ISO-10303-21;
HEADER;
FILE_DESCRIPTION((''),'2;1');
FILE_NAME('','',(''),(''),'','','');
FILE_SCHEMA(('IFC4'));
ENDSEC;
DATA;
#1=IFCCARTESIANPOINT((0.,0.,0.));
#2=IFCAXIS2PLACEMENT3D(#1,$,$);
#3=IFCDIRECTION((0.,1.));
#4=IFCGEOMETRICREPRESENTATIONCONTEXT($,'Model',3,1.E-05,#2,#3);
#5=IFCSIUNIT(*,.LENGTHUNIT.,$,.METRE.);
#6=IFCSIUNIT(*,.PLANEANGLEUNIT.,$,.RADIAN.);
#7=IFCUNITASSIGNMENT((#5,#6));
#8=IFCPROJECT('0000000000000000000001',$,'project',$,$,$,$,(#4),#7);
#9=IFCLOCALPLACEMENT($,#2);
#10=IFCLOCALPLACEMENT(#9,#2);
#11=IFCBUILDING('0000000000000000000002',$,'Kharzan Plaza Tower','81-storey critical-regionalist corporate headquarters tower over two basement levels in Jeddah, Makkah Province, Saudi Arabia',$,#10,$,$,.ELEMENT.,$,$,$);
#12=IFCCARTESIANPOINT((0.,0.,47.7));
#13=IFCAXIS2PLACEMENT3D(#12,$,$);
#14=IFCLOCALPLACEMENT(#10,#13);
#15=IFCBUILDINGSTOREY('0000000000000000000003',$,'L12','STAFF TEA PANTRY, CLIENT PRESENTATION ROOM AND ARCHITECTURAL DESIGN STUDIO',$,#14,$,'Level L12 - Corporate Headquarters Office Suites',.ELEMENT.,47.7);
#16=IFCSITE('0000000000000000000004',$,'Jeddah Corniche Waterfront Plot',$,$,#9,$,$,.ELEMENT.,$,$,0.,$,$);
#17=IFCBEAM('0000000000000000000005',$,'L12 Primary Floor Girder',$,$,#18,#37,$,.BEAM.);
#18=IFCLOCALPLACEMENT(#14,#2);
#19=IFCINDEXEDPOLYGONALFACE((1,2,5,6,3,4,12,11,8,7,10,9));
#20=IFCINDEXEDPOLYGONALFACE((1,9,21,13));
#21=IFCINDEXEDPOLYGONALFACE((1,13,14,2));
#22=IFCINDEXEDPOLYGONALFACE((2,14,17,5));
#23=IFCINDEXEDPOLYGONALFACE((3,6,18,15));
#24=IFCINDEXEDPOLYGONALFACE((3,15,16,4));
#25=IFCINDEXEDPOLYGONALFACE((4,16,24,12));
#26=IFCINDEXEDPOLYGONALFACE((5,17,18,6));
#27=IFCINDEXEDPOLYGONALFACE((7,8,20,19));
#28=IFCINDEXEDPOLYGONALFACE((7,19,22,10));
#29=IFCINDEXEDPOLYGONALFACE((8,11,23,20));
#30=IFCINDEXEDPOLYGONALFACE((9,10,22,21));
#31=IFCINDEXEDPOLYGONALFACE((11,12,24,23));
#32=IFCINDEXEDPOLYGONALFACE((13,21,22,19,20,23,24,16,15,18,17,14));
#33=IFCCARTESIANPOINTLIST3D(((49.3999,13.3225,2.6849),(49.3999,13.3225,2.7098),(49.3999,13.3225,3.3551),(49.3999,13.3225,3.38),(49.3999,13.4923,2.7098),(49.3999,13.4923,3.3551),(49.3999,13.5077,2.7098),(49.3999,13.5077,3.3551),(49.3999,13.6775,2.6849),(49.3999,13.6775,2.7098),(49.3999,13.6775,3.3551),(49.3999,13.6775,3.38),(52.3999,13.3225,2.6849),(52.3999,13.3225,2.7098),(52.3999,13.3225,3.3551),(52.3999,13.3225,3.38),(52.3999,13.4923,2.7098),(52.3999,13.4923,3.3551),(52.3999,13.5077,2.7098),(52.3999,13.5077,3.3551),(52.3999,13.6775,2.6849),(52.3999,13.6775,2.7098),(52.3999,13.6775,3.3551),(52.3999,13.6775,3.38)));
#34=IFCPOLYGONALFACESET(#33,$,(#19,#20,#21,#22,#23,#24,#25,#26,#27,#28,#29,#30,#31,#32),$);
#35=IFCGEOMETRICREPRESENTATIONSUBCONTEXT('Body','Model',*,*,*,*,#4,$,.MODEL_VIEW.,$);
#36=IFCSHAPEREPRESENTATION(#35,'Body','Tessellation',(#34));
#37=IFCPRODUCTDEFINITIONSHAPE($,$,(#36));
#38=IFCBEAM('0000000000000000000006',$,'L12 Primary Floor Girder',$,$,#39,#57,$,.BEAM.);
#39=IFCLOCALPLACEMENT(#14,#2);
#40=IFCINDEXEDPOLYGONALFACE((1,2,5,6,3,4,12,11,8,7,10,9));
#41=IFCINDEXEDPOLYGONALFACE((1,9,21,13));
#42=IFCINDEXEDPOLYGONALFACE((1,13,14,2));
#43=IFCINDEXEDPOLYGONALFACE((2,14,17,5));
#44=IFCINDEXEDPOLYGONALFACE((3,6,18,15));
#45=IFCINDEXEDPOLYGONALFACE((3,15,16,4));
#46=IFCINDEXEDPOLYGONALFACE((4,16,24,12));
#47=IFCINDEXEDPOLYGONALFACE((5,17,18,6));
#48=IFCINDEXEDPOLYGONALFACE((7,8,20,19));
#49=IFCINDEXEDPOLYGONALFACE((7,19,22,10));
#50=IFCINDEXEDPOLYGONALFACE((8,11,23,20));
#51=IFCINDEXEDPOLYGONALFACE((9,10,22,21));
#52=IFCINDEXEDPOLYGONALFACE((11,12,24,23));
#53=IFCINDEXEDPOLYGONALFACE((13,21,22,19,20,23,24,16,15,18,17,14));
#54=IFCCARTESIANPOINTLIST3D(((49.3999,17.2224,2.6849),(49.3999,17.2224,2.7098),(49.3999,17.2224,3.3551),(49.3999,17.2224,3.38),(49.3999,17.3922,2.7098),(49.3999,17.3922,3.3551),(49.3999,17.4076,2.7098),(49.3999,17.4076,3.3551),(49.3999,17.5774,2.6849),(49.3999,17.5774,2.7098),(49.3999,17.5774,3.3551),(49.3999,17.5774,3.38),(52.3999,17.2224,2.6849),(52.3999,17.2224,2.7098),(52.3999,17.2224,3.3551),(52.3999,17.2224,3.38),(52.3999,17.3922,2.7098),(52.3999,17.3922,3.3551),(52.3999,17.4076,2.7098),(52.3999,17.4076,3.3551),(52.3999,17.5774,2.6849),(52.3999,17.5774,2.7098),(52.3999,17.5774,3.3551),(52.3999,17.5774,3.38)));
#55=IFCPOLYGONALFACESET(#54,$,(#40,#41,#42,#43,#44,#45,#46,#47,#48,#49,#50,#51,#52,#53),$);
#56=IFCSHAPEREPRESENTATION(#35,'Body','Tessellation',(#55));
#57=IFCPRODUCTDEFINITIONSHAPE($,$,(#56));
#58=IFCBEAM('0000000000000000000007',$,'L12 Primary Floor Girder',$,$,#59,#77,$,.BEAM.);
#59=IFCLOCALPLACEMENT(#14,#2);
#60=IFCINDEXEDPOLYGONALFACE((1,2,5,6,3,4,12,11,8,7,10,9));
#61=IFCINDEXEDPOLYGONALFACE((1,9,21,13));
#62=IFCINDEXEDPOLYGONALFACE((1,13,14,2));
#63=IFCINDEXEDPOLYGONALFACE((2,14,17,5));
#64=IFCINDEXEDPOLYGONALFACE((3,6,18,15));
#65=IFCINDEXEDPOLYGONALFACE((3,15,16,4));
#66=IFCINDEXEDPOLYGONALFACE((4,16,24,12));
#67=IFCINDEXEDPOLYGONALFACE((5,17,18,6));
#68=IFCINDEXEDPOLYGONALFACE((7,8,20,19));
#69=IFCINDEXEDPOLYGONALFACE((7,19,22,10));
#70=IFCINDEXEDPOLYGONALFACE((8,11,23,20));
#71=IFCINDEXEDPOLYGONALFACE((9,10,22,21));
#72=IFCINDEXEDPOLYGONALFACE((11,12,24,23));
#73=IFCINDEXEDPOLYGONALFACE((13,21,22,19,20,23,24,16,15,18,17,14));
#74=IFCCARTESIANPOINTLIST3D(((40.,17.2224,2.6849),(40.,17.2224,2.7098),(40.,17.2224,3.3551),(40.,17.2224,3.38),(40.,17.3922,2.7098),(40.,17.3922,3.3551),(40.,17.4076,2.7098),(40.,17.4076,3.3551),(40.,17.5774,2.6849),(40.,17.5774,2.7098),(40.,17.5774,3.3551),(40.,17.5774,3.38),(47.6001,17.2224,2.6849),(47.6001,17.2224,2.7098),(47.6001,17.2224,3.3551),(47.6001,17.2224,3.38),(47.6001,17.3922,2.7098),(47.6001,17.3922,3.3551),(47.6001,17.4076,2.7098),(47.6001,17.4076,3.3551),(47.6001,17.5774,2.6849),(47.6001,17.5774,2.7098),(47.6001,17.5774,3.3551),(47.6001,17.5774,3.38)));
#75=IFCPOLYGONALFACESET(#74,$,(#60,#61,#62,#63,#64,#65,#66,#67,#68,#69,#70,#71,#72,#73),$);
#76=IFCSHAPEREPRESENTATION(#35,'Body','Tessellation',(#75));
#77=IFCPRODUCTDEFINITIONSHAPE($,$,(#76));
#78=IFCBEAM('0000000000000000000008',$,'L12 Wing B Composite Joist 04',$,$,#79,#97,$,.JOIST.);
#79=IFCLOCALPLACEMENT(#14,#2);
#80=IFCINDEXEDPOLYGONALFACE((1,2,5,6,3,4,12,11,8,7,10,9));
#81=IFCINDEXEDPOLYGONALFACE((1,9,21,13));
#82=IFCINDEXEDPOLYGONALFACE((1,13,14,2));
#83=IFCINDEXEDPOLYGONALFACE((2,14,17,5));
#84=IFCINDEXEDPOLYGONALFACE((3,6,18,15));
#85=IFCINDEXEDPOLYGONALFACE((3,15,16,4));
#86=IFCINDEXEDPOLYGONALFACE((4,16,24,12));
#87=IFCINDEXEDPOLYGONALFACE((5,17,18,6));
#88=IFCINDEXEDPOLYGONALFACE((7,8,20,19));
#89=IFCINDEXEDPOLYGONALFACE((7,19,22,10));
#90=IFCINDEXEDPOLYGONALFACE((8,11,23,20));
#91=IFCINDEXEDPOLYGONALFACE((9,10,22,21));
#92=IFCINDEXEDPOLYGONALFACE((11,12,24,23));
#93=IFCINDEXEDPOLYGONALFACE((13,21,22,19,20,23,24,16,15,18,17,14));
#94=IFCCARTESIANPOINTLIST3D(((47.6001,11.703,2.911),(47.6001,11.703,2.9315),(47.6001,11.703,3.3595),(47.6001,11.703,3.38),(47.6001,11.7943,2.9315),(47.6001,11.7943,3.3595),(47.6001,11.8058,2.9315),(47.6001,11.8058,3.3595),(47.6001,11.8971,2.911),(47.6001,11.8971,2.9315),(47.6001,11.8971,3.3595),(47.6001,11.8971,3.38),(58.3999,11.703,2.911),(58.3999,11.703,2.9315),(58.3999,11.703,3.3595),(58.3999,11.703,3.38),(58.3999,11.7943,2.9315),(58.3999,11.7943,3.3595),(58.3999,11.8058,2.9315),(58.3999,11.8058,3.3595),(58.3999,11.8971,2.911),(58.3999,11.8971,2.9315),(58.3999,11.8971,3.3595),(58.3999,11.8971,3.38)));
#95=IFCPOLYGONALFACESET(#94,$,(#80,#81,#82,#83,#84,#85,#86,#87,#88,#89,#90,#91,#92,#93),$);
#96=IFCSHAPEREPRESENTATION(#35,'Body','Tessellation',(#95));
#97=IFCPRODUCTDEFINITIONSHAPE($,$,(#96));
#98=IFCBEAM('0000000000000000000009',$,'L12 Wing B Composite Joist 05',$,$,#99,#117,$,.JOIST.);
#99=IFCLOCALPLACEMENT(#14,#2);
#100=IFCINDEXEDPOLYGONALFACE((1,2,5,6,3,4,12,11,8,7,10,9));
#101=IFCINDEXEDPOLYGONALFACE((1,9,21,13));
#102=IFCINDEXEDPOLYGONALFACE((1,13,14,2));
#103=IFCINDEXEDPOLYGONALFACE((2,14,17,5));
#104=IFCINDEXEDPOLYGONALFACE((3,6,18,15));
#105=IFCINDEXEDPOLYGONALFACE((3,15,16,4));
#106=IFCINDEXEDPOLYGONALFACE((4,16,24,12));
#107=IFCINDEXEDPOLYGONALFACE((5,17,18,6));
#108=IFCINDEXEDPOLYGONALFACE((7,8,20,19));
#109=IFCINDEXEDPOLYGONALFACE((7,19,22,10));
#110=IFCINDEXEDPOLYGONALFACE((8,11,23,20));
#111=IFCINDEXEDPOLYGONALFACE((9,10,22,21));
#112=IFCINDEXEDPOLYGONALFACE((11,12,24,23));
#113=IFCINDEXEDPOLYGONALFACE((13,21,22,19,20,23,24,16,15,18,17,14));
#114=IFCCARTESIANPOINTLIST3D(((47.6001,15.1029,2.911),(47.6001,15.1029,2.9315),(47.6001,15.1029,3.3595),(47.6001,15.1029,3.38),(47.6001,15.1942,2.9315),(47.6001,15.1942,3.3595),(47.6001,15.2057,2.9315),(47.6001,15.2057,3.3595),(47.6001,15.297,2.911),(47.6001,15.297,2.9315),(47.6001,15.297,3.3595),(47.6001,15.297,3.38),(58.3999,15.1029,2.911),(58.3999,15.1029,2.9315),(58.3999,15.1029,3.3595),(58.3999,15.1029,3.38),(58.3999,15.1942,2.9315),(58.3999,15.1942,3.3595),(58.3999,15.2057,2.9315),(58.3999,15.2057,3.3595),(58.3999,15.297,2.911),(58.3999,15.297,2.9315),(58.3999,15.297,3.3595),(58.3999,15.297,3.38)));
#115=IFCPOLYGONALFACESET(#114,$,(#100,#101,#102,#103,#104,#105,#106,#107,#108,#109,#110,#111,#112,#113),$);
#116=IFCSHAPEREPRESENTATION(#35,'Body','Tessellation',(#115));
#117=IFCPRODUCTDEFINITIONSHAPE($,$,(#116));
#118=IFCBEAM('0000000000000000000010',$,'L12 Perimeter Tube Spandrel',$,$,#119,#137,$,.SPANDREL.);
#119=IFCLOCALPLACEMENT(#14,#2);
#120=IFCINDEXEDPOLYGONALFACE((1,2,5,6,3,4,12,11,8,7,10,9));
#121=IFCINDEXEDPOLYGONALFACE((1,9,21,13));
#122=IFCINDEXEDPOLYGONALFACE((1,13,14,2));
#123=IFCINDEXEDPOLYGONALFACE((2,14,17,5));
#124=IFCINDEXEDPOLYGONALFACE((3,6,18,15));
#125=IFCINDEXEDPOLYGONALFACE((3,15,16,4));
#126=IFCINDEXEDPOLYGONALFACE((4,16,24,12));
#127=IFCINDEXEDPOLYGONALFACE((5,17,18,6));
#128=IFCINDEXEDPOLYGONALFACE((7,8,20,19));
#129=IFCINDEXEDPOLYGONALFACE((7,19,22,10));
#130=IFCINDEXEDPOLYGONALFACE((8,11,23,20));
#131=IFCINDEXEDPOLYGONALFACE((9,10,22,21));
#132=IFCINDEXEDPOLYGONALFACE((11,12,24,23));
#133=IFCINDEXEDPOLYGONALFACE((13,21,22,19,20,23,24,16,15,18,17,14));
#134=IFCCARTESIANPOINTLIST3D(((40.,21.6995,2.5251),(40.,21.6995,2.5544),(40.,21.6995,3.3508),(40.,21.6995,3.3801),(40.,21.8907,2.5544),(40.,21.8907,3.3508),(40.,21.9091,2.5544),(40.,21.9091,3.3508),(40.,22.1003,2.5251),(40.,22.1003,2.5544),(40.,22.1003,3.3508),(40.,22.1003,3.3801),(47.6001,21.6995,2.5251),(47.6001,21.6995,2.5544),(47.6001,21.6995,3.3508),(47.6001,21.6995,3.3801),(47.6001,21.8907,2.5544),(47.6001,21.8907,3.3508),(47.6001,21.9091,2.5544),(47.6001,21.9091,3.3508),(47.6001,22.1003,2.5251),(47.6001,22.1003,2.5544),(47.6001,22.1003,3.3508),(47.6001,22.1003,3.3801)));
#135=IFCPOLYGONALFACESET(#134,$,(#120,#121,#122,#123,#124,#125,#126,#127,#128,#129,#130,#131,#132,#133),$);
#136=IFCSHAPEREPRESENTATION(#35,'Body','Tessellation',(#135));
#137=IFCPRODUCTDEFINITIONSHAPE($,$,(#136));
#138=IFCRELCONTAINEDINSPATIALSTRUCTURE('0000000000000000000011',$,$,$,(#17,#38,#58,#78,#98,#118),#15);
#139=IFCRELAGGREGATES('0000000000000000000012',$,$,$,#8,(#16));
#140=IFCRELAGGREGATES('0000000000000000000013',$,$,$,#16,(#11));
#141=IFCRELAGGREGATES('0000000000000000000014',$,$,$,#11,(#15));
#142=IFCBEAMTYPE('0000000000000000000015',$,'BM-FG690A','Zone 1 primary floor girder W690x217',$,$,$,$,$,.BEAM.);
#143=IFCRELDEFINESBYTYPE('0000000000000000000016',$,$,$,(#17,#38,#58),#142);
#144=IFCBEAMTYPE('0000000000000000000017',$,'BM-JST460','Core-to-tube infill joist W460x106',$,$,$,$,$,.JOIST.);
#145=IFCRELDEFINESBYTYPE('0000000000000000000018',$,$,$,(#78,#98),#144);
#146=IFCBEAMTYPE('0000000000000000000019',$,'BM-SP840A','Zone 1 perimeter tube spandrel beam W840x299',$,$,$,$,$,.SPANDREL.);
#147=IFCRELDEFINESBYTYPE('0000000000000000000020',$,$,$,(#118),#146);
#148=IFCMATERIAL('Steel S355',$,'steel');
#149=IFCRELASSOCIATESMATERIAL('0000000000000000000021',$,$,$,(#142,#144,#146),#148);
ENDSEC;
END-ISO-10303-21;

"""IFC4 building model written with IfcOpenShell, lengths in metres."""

from ifc_helpers import new_model, si_unit, direction, frame, origin, origin_2d, place, context, subcontext, project, spatial, i_section, extrude, source, transform, mapped, material, material_profile, profile_set, type_object, element, save


model = new_model("IFC4")

# Units and contexts
model_context = context("Model", 3, precision=1e-05, world=origin(), true_north=direction((0.0, 1.0)))
body_context = subcontext(model_context, "Body", "Model", "MODEL_VIEW")
ifc_project = project(units=[si_unit("LENGTHUNIT", "METRE"), si_unit("PLANEANGLEUNIT", "RADIAN")], contexts=[model_context])

# Site, building, storey
site_placement = place(None, origin())
site = spatial("IfcSite", under=ifc_project, at=site_placement, Name="Jeddah Corniche Waterfront Plot", CompositionType="ELEMENT", RefElevation=0.0)
building_placement = place(site_placement, origin())
building = spatial("IfcBuilding", under=site, at=building_placement, Name="Kharzan Plaza Tower", Description="81-storey critical-regionalist corporate headquarters tower over two basement levels in Jeddah, Makkah Province, Saudi Arabia", CompositionType="ELEMENT")
storey_placement = place(building_placement, frame((0.0, 0.0, 47.7)))
storey = spatial("IfcBuildingStorey", under=building, at=storey_placement, Name="L12", Description="STAFF TEA PANTRY, CLIENT PRESENTATION ROOM AND ARCHITECTURAL DESIGN STUDIO", LongName="Level L12 - Corporate Headquarters Office Suites", CompositionType="ELEMENT", Elevation=47.7)

# Beams
ifc_material_1 = material(Name="Steel S355", Category="steel")
ifc_material_profile_1 = material_profile(ifc_material_1, i_section(OverallWidth=0.355, OverallDepth=0.6951, WebThickness=0.0154, FlangeThickness=0.0249, at=origin_2d()), Name="W690x217")
ifc_profile_set_1 = profile_set([ifc_material_profile_1], Name="Steel S355")
beam_type_1 = type_object("IfcBeamType", Name="BM-FG690A", Description="Zone 1 primary floor girder W690x217", PredefinedType="BEAM", material=ifc_profile_set_1)
shared_shape_1 = source(origin(), body_context, "Body", "SweptSolid", [
    extrude(i_section(OverallWidth=0.355, OverallDepth=0.6951, WebThickness=0.0154, FlangeThickness=0.0249, at=origin_2d()), origin(), (0.0, 0.0, 1.0), 3.0),
])
for number, where, z_axis, x_axis, name in (
    (1, (49.3999, 13.5, 3.0325), (1.0, 0.0, 0.0), (0.0, 1.0, 0.0), "L12 Primary Floor Girder"),
    (2, (49.3999, 17.3999, 3.0325), (1.0, 0.0, 0.0), (0.0, 1.0, 0.0), "L12 Primary Floor Girder"),
):
    element("IfcBeam", number, at=place(storey_placement, frame(where, z_axis=z_axis, x_axis=x_axis)), inside=storey, type_object=beam_type_1, Name=name, PredefinedType="BEAM", context=body_context, shape_type="MappedRepresentation", body=[
        mapped(shared_shape_1, transform((0.0, 0.0, 0.0), x_axis=(1.0, 0.0, 0.0), y_axis=(0.0, 1.0, 0.0), z_axis=(0.0, 0.0, 1.0))),
    ])
shared_shape_2 = source(origin(), body_context, "Body", "SweptSolid", [
    extrude(i_section(OverallWidth=0.355, OverallDepth=0.6951, WebThickness=0.0154, FlangeThickness=0.0249, at=origin_2d()), origin(), (0.0, 0.0, 1.0), 7.6001),
])
beam_1_placement = place(storey_placement, frame((40.0, 17.3999, 3.0325), z_axis=(1.0, 0.0, 0.0), x_axis=(0.0, 1.0, 0.0)))
element("IfcBeam", 3, at=beam_1_placement, inside=storey, type_object=beam_type_1, Name="L12 Primary Floor Girder", PredefinedType="BEAM", context=body_context, shape_type="MappedRepresentation", body=[
    mapped(shared_shape_2, transform((0.0, 0.0, 0.0), x_axis=(1.0, 0.0, 0.0), y_axis=(0.0, 1.0, 0.0), z_axis=(0.0, 0.0, 1.0))),
])
ifc_material_profile_2 = material_profile(ifc_material_1, i_section(OverallWidth=0.1941, OverallDepth=0.469, WebThickness=0.0115, FlangeThickness=0.0205, at=origin_2d()), Name="W460x106")
ifc_profile_set_2 = profile_set([ifc_material_profile_2], Name="Steel S355")
beam_type_2 = type_object("IfcBeamType", Name="BM-JST460", Description="Core-to-tube infill joist W460x106", PredefinedType="JOIST", material=ifc_profile_set_2)
shared_shape_3 = source(origin(), body_context, "Body", "SweptSolid", [
    extrude(i_section(OverallWidth=0.1941, OverallDepth=0.469, WebThickness=0.0115, FlangeThickness=0.0205, at=origin_2d()), origin(), (0.0, 0.0, 1.0), 10.7998),
])
for number, where, z_axis, x_axis, name in (
    (4, (47.6001, 11.8, 3.1455), (1.0, 0.0, 0.0), (0.0, 1.0, 0.0), "L12 Wing B Composite Joist 04"),
    (5, (47.6001, 15.2, 3.1455), (1.0, 0.0, 0.0), (0.0, 1.0, 0.0), "L12 Wing B Composite Joist 05"),
):
    element("IfcBeam", number, at=place(storey_placement, frame(where, z_axis=z_axis, x_axis=x_axis)), inside=storey, type_object=beam_type_2, Name=name, PredefinedType="JOIST", context=body_context, shape_type="MappedRepresentation", body=[
        mapped(shared_shape_3, transform((0.0, 0.0, 0.0), x_axis=(1.0, 0.0, 0.0), y_axis=(0.0, 1.0, 0.0), z_axis=(0.0, 0.0, 1.0))),
    ])
ifc_material_profile_3 = material_profile(ifc_material_1, i_section(OverallWidth=0.4009, OverallDepth=0.855, WebThickness=0.0183, FlangeThickness=0.0293, at=origin_2d()), Name="W840x299")
ifc_profile_set_3 = profile_set([ifc_material_profile_3], Name="Steel S355")
beam_type_3 = type_object("IfcBeamType", Name="BM-SP840A", Description="Zone 1 perimeter tube spandrel beam W840x299", PredefinedType="SPANDREL", material=ifc_profile_set_3)
shared_shape_4 = source(origin(), body_context, "Body", "SweptSolid", [
    extrude(i_section(OverallWidth=0.4009, OverallDepth=0.855, WebThickness=0.0183, FlangeThickness=0.0293, at=origin_2d()), origin(), (0.0, 0.0, 1.0), 7.6001),
])
beam_2_placement = place(storey_placement, frame((40.0, 21.8999, 2.9526), z_axis=(1.0, 0.0, 0.0), x_axis=(0.0, 1.0, 0.0)))
element("IfcBeam", 6, at=beam_2_placement, inside=storey, type_object=beam_type_3, Name="L12 Perimeter Tube Spandrel", PredefinedType="SPANDREL", context=body_context, shape_type="MappedRepresentation", body=[
    mapped(shared_shape_4, transform((0.0, 0.0, 0.0), x_axis=(1.0, 0.0, 0.0), y_axis=(0.0, 1.0, 0.0), z_axis=(0.0, 0.0, 1.0))),
])

save(model, "model.ifc")
